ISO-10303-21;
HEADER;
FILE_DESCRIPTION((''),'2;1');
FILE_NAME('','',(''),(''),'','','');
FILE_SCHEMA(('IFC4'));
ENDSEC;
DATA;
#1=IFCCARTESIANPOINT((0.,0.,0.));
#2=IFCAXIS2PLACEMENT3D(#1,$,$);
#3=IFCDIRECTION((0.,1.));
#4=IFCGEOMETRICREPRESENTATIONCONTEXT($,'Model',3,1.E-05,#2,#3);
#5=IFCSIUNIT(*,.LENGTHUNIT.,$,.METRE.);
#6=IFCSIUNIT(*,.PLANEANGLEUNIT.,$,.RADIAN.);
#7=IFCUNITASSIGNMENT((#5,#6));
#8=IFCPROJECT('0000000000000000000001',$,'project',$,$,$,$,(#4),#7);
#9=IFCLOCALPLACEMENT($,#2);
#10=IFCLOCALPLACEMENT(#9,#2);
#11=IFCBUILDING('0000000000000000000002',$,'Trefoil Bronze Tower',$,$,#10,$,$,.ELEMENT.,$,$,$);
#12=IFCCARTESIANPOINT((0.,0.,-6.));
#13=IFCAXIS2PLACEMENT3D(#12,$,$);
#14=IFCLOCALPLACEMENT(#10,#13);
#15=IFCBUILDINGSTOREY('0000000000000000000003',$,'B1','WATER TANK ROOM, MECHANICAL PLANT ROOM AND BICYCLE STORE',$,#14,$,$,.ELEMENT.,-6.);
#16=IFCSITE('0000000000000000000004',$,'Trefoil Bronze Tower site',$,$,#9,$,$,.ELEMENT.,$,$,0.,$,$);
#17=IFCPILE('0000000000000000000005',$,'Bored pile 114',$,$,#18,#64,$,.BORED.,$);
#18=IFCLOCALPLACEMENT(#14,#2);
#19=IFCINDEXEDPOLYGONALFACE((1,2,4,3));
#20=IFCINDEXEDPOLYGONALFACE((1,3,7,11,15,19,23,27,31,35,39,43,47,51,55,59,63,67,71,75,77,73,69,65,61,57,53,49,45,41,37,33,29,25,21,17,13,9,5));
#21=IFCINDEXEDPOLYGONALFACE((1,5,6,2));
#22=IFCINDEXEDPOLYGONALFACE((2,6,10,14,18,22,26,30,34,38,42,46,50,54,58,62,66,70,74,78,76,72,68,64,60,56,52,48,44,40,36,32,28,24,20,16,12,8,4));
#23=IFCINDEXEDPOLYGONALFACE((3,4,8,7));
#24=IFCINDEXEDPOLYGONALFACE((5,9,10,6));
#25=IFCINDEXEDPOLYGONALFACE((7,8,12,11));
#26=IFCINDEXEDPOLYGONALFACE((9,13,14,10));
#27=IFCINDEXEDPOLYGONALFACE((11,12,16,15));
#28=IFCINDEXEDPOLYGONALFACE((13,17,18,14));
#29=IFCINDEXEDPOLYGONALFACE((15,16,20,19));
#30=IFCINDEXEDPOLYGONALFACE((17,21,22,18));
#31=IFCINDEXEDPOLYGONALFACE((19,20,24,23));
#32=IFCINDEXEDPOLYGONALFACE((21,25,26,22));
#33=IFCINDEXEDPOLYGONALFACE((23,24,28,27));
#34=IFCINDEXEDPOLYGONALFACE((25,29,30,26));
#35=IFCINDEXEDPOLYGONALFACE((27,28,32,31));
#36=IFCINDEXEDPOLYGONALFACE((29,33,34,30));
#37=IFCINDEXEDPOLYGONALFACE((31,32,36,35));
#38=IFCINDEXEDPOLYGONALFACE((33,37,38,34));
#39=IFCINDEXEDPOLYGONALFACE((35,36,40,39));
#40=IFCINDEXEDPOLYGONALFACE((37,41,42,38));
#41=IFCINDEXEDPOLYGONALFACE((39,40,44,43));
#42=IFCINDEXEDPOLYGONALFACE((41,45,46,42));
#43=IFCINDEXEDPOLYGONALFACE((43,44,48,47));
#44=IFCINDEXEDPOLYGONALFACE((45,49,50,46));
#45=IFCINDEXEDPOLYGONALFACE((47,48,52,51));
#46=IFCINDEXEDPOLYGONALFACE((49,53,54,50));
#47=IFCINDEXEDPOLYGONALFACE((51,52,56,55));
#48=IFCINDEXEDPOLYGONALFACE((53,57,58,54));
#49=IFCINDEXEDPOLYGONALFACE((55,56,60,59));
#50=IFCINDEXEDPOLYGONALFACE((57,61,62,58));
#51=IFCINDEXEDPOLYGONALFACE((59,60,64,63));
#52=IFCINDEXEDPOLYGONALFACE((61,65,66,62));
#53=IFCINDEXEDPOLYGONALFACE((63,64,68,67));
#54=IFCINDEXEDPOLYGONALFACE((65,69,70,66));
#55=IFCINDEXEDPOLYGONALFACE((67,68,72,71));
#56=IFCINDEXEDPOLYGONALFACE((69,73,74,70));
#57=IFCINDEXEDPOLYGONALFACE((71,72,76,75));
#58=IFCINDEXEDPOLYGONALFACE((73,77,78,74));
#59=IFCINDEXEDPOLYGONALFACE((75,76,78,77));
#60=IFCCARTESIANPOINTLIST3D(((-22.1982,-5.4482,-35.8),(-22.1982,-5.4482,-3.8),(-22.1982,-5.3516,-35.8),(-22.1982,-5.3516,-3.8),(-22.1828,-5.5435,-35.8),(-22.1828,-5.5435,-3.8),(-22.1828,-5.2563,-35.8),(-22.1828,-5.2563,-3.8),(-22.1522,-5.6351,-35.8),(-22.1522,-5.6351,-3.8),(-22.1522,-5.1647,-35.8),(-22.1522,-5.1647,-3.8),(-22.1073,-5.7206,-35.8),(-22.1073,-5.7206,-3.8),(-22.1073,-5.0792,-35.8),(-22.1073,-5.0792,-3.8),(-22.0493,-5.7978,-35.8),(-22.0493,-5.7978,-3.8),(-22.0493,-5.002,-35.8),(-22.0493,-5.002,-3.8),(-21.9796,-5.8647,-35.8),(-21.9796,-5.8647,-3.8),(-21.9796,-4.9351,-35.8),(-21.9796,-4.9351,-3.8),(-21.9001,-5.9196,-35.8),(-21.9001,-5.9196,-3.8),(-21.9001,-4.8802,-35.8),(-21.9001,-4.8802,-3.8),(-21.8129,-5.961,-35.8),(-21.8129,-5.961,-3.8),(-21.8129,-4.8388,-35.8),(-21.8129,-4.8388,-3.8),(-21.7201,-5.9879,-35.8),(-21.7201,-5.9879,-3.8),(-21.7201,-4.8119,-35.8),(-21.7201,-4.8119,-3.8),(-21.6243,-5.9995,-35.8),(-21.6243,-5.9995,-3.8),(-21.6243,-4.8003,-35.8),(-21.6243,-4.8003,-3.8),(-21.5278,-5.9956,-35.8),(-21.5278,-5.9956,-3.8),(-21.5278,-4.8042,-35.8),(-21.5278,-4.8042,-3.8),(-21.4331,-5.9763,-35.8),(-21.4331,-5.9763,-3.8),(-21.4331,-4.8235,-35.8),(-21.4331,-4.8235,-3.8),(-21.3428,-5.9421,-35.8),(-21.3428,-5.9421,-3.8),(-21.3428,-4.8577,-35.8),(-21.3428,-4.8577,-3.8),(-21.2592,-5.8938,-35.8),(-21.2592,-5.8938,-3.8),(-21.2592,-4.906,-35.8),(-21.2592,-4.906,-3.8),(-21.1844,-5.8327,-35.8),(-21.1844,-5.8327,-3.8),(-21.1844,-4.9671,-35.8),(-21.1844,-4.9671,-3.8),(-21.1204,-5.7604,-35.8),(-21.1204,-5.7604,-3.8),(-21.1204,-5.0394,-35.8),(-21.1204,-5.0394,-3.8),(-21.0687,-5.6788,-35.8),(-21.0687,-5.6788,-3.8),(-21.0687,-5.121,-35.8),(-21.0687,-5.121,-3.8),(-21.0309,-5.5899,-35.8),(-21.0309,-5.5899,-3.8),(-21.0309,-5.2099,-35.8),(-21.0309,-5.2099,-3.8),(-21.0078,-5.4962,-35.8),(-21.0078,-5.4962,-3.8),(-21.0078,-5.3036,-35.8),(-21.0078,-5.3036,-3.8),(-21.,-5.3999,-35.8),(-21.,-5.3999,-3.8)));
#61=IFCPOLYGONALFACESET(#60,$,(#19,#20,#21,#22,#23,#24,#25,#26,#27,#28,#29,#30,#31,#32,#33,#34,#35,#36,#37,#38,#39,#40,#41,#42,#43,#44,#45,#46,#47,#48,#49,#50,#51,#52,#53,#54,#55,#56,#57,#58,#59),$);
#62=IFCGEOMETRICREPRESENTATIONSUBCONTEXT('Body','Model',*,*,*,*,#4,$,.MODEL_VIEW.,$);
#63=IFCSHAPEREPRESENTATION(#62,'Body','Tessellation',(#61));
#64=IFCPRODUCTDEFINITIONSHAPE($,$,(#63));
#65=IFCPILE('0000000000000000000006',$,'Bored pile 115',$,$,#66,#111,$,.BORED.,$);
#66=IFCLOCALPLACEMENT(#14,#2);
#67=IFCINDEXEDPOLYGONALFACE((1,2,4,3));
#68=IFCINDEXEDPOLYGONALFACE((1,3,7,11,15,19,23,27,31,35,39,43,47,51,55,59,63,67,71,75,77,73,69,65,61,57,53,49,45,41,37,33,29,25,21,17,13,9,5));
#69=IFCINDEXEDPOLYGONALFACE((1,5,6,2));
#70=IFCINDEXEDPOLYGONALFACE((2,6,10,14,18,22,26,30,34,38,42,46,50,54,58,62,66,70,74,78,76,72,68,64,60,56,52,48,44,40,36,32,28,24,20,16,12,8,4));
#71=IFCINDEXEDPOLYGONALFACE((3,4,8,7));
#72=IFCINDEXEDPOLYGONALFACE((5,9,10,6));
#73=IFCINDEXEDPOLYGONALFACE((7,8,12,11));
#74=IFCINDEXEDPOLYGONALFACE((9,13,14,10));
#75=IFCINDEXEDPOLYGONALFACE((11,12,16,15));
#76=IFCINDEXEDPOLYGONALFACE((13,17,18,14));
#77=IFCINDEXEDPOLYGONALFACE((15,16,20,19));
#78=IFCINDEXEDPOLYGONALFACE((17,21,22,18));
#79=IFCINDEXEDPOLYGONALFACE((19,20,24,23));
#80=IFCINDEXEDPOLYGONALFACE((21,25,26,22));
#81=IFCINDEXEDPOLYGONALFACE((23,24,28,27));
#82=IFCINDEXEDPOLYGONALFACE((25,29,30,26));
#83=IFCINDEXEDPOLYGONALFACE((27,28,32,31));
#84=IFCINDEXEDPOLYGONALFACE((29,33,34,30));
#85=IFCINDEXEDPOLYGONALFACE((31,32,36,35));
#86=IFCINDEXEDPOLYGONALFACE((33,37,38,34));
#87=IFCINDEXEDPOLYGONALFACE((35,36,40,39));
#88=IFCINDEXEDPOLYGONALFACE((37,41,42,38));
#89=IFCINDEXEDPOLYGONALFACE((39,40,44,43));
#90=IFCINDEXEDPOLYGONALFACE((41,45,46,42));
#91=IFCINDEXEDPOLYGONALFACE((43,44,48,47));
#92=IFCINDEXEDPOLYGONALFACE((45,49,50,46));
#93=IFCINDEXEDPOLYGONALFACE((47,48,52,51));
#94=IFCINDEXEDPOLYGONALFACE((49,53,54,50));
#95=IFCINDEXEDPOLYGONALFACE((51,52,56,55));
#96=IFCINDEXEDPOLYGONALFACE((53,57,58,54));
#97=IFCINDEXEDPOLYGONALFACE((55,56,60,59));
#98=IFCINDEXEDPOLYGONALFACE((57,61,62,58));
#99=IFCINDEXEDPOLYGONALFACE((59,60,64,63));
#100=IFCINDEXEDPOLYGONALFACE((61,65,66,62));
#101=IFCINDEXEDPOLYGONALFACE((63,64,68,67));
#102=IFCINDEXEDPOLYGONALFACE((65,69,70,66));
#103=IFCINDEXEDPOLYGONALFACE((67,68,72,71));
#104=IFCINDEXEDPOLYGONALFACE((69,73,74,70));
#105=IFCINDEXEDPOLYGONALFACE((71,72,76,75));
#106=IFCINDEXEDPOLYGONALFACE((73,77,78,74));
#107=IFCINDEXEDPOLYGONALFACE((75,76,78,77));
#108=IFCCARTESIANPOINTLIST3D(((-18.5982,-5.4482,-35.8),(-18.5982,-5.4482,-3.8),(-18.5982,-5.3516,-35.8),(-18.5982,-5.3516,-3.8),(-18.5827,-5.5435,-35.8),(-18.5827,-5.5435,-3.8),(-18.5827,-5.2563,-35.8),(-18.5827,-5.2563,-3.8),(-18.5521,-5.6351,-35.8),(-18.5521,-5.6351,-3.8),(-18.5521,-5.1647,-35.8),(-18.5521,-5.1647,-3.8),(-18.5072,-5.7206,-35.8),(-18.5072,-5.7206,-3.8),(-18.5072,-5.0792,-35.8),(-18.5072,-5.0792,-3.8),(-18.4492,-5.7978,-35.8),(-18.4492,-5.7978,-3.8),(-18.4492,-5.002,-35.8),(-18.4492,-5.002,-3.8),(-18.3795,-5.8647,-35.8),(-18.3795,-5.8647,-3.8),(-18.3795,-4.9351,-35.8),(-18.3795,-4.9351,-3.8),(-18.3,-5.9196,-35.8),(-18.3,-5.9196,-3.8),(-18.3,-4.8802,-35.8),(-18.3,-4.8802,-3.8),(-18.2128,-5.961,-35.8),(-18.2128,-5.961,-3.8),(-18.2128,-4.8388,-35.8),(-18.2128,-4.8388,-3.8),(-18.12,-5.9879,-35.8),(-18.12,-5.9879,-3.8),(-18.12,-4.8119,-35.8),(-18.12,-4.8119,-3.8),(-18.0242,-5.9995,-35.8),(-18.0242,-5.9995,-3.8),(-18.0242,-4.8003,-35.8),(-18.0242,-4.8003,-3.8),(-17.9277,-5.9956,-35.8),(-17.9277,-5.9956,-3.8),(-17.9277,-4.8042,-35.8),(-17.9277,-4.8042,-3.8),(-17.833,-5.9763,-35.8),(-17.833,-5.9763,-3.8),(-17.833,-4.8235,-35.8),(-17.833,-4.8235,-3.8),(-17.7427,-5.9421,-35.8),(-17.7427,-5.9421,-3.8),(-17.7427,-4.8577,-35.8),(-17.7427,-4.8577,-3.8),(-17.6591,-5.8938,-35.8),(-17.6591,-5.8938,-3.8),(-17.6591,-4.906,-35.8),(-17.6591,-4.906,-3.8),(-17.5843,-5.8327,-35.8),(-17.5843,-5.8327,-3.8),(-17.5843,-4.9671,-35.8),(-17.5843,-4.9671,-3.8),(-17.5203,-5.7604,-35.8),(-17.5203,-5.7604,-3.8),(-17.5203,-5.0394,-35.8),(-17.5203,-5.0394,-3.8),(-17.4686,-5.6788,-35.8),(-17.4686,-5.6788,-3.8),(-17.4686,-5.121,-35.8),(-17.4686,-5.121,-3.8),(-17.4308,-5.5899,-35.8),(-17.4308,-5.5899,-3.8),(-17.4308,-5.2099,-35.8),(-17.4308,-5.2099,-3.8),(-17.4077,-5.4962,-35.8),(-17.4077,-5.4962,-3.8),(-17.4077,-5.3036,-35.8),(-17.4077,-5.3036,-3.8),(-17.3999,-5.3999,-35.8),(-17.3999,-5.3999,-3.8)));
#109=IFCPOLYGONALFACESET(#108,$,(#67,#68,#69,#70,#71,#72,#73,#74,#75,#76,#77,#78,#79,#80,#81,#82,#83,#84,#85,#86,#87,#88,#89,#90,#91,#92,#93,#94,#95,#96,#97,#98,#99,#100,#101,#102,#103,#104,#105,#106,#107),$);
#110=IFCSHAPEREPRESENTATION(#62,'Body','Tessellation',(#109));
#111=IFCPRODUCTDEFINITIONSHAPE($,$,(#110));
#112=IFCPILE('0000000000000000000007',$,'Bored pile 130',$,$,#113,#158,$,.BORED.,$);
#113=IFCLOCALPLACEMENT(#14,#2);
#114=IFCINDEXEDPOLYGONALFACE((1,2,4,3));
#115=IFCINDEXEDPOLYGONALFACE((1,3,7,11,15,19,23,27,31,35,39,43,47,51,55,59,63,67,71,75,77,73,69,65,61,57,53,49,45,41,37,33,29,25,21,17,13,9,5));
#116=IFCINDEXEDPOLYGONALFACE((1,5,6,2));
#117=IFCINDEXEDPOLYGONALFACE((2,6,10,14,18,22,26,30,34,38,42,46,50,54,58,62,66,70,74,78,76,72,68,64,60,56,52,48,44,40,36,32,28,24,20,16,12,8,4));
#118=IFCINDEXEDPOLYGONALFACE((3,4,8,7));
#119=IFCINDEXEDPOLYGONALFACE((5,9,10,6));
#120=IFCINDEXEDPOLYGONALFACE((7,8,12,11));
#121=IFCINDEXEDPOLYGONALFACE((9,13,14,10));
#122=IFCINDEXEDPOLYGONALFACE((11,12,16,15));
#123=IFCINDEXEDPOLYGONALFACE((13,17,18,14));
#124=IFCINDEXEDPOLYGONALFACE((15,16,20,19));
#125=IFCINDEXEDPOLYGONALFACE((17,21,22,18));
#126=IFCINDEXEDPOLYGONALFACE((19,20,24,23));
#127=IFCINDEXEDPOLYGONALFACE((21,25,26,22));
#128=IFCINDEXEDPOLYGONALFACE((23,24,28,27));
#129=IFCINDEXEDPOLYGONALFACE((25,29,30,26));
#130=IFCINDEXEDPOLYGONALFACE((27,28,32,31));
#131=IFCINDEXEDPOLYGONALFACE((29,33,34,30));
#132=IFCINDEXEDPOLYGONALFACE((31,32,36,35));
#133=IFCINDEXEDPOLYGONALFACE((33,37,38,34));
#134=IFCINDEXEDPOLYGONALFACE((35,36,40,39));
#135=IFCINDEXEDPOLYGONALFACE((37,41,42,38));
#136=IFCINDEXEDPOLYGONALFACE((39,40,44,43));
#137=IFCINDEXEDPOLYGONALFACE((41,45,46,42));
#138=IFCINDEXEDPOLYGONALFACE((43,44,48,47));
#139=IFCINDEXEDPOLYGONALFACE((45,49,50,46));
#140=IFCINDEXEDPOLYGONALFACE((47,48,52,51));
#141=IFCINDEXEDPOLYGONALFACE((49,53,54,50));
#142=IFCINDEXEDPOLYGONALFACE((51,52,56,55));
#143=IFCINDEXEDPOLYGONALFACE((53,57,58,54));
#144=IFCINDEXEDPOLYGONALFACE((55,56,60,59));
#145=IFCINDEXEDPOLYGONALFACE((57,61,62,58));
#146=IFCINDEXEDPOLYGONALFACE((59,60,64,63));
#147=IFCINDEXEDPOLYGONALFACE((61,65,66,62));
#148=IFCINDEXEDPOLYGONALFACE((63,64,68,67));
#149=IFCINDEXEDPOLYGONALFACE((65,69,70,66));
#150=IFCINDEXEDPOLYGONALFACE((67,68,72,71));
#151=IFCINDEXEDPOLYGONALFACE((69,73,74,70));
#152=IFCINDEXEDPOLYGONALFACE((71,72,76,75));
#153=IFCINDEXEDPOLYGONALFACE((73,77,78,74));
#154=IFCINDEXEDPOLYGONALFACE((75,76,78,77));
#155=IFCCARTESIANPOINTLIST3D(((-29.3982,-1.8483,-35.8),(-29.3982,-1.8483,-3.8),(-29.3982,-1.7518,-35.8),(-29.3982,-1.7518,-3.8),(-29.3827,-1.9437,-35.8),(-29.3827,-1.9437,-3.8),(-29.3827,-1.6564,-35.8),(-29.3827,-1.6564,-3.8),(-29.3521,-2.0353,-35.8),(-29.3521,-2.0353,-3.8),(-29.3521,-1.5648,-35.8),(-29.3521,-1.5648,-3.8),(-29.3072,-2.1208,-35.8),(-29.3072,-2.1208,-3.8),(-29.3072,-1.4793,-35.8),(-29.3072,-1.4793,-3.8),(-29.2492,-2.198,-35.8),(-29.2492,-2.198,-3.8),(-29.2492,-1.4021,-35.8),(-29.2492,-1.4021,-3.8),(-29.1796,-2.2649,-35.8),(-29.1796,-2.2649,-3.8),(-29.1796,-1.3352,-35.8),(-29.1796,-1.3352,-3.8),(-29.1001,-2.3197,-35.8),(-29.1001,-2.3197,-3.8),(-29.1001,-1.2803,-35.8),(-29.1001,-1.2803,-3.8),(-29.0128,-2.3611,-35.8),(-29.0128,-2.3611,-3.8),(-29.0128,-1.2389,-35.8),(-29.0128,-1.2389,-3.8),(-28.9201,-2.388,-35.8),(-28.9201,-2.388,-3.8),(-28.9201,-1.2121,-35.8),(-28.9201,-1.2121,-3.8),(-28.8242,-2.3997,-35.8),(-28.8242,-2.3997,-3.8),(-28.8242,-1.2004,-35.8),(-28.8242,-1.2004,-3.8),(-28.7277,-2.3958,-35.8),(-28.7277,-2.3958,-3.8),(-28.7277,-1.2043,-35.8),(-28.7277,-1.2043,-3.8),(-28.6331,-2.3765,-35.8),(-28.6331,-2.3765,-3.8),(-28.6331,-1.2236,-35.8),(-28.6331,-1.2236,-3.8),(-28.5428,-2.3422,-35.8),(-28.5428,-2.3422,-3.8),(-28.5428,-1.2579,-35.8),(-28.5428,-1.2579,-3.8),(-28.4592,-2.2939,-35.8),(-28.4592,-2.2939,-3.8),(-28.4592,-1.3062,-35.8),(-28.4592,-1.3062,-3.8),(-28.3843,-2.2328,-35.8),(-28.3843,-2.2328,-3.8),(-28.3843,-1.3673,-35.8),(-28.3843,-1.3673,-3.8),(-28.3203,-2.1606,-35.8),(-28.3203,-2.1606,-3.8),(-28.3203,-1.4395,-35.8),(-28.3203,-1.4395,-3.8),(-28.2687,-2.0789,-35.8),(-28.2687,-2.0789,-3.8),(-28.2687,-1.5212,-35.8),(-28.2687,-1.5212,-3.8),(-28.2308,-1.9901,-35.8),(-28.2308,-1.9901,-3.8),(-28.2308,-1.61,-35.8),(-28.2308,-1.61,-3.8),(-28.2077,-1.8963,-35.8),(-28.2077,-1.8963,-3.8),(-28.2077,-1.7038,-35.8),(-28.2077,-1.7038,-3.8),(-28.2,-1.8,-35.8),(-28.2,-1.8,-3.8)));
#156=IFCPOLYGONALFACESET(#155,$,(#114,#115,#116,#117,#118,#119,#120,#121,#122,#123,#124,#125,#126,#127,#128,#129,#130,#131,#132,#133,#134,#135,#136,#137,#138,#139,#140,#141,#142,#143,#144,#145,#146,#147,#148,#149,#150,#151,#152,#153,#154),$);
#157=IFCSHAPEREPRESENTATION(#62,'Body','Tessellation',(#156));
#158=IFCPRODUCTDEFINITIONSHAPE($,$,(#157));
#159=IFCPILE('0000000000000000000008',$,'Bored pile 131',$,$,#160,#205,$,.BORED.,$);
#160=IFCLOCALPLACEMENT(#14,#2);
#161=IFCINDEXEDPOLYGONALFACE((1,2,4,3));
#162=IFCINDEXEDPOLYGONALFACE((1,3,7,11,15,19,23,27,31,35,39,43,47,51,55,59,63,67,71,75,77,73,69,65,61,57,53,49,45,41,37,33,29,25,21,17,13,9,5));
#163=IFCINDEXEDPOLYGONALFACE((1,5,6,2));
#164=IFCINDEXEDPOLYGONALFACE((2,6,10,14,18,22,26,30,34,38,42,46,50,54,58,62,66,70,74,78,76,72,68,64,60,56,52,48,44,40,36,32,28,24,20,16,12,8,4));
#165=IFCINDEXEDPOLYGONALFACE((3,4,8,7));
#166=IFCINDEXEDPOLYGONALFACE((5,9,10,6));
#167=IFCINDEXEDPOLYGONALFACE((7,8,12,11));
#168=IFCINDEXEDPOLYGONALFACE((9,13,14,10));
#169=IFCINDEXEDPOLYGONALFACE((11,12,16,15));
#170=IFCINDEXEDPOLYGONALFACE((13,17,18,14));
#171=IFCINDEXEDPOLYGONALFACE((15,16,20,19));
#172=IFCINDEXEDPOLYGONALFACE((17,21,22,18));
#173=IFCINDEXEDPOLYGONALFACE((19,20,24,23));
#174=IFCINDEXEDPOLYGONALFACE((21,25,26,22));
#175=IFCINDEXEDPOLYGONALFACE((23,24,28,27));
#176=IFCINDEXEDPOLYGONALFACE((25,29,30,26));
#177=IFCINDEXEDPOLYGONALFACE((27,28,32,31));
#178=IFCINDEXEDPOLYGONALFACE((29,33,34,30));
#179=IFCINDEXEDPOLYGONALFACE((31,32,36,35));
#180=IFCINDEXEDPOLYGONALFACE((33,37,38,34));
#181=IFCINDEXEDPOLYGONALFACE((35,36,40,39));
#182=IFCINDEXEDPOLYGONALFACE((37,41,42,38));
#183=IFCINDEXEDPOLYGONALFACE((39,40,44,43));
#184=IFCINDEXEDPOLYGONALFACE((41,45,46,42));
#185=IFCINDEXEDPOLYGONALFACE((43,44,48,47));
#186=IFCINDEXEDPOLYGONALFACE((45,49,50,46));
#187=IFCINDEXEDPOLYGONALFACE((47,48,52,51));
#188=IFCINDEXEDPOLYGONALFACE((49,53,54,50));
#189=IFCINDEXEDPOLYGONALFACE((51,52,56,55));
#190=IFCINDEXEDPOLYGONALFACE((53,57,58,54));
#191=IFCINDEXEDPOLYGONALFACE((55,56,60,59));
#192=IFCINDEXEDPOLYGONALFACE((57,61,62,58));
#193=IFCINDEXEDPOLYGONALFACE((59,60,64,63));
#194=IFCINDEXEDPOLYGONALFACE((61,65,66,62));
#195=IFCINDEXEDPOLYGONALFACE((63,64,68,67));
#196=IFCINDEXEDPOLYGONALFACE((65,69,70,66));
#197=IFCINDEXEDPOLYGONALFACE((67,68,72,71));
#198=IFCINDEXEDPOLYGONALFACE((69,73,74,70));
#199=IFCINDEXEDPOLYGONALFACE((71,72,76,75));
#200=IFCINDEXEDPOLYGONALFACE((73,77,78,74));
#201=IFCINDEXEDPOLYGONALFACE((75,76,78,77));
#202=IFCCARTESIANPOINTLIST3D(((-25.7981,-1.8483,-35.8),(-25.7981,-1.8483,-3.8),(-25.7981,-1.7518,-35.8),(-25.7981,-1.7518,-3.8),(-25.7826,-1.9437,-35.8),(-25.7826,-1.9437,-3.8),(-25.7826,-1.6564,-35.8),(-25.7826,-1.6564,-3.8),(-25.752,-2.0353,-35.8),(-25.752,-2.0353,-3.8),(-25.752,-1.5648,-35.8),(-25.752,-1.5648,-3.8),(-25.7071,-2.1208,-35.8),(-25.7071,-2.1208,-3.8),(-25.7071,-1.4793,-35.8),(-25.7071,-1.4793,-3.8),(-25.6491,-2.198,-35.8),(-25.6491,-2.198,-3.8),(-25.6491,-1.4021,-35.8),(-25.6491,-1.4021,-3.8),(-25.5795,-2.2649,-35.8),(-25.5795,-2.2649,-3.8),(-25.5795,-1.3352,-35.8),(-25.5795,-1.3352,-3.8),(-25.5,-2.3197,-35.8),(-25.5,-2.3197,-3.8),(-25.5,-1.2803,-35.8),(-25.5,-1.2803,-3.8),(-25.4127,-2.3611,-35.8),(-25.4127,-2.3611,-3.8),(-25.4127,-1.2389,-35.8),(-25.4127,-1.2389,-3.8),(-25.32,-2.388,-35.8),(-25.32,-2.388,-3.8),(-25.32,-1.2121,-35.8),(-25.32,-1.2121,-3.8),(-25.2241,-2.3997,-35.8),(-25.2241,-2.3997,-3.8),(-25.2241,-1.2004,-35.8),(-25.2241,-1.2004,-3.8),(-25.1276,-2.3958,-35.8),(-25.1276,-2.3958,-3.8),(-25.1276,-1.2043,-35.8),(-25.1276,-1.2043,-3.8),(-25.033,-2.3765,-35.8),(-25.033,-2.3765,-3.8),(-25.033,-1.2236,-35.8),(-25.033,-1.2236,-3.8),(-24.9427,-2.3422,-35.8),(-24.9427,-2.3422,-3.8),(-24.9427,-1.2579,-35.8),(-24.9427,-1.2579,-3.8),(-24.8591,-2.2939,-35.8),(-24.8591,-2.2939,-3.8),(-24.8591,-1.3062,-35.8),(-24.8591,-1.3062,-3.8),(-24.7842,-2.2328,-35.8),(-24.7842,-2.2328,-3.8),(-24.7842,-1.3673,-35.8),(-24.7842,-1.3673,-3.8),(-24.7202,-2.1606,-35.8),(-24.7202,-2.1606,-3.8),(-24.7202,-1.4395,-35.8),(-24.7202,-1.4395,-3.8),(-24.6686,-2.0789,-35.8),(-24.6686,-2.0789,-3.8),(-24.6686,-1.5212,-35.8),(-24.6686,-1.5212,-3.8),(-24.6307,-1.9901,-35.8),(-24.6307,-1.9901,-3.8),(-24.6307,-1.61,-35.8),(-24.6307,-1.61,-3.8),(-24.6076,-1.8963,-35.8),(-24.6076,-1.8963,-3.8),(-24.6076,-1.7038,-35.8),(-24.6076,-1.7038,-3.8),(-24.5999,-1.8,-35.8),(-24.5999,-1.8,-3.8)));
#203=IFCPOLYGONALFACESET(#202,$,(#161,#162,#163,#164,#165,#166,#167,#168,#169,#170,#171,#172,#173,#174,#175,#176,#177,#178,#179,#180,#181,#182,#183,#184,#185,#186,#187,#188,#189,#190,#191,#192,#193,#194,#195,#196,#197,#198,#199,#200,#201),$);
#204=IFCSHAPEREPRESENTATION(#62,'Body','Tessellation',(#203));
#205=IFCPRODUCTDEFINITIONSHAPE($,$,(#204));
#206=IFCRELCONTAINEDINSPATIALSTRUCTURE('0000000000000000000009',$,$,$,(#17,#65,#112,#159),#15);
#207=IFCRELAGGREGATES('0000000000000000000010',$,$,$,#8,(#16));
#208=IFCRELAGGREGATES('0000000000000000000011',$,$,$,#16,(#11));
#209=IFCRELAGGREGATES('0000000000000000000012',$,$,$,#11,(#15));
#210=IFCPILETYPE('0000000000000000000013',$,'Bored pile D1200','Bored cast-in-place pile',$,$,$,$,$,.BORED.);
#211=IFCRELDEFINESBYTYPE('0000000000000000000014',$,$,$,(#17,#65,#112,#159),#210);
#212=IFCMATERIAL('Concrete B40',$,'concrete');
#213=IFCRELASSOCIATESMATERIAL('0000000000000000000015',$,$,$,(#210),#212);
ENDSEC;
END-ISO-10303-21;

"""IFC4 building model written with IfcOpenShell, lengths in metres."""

from ifc_helpers import new_model, si_unit, direction, frame, origin, origin_2d, place, context, subcontext, project, spatial, circle, extrude, material, type_object, element, save


model = new_model("IFC4")

# Units and contexts
model_context = context("Model", 3, precision=1e-05, world=origin(), true_north=direction((0.0, 1.0)))
body_context = subcontext(model_context, "Body", "Model", "MODEL_VIEW")
ifc_project = project(units=[si_unit("LENGTHUNIT", "METRE"), si_unit("PLANEANGLEUNIT", "RADIAN")], contexts=[model_context])

# Site, building, storey
site_placement = place(None, origin())
site = spatial("IfcSite", under=ifc_project, at=site_placement, Name="Trefoil Bronze Tower site", CompositionType="ELEMENT", RefElevation=0.0)
building_placement = place(site_placement, origin())
building = spatial("IfcBuilding", under=site, at=building_placement, Name="Trefoil Bronze Tower", CompositionType="ELEMENT")
storey_placement = place(building_placement, frame((0.0, 0.0, -6.0)))
storey = spatial("IfcBuildingStorey", under=building, at=storey_placement, Name="B1", Description="WATER TANK ROOM, MECHANICAL PLANT ROOM AND BICYCLE STORE", CompositionType="ELEMENT", Elevation=-6.0)

# Piles
ifc_material_1 = material(Name="Concrete B40", Category="concrete")
pile_type = type_object("IfcPileType", Name="Bored pile D1200", Description="Bored cast-in-place pile", PredefinedType="BORED", material=ifc_material_1)
for number, where, z_axis, x_axis, name in (
    (1, (-21.6001, -5.3999, -3.8), (0.0, 0.0, -1.0), (1.0, 0.0, 0.0), "Bored pile 114"),
    (2, (-18.0, -5.3999, -3.8), (0.0, 0.0, -1.0), (1.0, 0.0, 0.0), "Bored pile 115"),
    (3, (-28.8, -1.8, -3.8), (0.0, 0.0, -1.0), (1.0, 0.0, 0.0), "Bored pile 130"),
    (4, (-25.2, -1.8, -3.8), (0.0, 0.0, -1.0), (1.0, 0.0, 0.0), "Bored pile 131"),
):
    element("IfcPile", number, at=place(storey_placement, frame(where, z_axis=z_axis, x_axis=x_axis)), inside=storey, type_object=pile_type, Name=name, PredefinedType="BORED", context=body_context, shape_type="SweptSolid", body=[
        extrude(circle(Radius=0.6001, at=origin_2d()), origin(), (0.0, 0.0, 1.0), 32.0),
    ])

save(model, "model.ifc")
